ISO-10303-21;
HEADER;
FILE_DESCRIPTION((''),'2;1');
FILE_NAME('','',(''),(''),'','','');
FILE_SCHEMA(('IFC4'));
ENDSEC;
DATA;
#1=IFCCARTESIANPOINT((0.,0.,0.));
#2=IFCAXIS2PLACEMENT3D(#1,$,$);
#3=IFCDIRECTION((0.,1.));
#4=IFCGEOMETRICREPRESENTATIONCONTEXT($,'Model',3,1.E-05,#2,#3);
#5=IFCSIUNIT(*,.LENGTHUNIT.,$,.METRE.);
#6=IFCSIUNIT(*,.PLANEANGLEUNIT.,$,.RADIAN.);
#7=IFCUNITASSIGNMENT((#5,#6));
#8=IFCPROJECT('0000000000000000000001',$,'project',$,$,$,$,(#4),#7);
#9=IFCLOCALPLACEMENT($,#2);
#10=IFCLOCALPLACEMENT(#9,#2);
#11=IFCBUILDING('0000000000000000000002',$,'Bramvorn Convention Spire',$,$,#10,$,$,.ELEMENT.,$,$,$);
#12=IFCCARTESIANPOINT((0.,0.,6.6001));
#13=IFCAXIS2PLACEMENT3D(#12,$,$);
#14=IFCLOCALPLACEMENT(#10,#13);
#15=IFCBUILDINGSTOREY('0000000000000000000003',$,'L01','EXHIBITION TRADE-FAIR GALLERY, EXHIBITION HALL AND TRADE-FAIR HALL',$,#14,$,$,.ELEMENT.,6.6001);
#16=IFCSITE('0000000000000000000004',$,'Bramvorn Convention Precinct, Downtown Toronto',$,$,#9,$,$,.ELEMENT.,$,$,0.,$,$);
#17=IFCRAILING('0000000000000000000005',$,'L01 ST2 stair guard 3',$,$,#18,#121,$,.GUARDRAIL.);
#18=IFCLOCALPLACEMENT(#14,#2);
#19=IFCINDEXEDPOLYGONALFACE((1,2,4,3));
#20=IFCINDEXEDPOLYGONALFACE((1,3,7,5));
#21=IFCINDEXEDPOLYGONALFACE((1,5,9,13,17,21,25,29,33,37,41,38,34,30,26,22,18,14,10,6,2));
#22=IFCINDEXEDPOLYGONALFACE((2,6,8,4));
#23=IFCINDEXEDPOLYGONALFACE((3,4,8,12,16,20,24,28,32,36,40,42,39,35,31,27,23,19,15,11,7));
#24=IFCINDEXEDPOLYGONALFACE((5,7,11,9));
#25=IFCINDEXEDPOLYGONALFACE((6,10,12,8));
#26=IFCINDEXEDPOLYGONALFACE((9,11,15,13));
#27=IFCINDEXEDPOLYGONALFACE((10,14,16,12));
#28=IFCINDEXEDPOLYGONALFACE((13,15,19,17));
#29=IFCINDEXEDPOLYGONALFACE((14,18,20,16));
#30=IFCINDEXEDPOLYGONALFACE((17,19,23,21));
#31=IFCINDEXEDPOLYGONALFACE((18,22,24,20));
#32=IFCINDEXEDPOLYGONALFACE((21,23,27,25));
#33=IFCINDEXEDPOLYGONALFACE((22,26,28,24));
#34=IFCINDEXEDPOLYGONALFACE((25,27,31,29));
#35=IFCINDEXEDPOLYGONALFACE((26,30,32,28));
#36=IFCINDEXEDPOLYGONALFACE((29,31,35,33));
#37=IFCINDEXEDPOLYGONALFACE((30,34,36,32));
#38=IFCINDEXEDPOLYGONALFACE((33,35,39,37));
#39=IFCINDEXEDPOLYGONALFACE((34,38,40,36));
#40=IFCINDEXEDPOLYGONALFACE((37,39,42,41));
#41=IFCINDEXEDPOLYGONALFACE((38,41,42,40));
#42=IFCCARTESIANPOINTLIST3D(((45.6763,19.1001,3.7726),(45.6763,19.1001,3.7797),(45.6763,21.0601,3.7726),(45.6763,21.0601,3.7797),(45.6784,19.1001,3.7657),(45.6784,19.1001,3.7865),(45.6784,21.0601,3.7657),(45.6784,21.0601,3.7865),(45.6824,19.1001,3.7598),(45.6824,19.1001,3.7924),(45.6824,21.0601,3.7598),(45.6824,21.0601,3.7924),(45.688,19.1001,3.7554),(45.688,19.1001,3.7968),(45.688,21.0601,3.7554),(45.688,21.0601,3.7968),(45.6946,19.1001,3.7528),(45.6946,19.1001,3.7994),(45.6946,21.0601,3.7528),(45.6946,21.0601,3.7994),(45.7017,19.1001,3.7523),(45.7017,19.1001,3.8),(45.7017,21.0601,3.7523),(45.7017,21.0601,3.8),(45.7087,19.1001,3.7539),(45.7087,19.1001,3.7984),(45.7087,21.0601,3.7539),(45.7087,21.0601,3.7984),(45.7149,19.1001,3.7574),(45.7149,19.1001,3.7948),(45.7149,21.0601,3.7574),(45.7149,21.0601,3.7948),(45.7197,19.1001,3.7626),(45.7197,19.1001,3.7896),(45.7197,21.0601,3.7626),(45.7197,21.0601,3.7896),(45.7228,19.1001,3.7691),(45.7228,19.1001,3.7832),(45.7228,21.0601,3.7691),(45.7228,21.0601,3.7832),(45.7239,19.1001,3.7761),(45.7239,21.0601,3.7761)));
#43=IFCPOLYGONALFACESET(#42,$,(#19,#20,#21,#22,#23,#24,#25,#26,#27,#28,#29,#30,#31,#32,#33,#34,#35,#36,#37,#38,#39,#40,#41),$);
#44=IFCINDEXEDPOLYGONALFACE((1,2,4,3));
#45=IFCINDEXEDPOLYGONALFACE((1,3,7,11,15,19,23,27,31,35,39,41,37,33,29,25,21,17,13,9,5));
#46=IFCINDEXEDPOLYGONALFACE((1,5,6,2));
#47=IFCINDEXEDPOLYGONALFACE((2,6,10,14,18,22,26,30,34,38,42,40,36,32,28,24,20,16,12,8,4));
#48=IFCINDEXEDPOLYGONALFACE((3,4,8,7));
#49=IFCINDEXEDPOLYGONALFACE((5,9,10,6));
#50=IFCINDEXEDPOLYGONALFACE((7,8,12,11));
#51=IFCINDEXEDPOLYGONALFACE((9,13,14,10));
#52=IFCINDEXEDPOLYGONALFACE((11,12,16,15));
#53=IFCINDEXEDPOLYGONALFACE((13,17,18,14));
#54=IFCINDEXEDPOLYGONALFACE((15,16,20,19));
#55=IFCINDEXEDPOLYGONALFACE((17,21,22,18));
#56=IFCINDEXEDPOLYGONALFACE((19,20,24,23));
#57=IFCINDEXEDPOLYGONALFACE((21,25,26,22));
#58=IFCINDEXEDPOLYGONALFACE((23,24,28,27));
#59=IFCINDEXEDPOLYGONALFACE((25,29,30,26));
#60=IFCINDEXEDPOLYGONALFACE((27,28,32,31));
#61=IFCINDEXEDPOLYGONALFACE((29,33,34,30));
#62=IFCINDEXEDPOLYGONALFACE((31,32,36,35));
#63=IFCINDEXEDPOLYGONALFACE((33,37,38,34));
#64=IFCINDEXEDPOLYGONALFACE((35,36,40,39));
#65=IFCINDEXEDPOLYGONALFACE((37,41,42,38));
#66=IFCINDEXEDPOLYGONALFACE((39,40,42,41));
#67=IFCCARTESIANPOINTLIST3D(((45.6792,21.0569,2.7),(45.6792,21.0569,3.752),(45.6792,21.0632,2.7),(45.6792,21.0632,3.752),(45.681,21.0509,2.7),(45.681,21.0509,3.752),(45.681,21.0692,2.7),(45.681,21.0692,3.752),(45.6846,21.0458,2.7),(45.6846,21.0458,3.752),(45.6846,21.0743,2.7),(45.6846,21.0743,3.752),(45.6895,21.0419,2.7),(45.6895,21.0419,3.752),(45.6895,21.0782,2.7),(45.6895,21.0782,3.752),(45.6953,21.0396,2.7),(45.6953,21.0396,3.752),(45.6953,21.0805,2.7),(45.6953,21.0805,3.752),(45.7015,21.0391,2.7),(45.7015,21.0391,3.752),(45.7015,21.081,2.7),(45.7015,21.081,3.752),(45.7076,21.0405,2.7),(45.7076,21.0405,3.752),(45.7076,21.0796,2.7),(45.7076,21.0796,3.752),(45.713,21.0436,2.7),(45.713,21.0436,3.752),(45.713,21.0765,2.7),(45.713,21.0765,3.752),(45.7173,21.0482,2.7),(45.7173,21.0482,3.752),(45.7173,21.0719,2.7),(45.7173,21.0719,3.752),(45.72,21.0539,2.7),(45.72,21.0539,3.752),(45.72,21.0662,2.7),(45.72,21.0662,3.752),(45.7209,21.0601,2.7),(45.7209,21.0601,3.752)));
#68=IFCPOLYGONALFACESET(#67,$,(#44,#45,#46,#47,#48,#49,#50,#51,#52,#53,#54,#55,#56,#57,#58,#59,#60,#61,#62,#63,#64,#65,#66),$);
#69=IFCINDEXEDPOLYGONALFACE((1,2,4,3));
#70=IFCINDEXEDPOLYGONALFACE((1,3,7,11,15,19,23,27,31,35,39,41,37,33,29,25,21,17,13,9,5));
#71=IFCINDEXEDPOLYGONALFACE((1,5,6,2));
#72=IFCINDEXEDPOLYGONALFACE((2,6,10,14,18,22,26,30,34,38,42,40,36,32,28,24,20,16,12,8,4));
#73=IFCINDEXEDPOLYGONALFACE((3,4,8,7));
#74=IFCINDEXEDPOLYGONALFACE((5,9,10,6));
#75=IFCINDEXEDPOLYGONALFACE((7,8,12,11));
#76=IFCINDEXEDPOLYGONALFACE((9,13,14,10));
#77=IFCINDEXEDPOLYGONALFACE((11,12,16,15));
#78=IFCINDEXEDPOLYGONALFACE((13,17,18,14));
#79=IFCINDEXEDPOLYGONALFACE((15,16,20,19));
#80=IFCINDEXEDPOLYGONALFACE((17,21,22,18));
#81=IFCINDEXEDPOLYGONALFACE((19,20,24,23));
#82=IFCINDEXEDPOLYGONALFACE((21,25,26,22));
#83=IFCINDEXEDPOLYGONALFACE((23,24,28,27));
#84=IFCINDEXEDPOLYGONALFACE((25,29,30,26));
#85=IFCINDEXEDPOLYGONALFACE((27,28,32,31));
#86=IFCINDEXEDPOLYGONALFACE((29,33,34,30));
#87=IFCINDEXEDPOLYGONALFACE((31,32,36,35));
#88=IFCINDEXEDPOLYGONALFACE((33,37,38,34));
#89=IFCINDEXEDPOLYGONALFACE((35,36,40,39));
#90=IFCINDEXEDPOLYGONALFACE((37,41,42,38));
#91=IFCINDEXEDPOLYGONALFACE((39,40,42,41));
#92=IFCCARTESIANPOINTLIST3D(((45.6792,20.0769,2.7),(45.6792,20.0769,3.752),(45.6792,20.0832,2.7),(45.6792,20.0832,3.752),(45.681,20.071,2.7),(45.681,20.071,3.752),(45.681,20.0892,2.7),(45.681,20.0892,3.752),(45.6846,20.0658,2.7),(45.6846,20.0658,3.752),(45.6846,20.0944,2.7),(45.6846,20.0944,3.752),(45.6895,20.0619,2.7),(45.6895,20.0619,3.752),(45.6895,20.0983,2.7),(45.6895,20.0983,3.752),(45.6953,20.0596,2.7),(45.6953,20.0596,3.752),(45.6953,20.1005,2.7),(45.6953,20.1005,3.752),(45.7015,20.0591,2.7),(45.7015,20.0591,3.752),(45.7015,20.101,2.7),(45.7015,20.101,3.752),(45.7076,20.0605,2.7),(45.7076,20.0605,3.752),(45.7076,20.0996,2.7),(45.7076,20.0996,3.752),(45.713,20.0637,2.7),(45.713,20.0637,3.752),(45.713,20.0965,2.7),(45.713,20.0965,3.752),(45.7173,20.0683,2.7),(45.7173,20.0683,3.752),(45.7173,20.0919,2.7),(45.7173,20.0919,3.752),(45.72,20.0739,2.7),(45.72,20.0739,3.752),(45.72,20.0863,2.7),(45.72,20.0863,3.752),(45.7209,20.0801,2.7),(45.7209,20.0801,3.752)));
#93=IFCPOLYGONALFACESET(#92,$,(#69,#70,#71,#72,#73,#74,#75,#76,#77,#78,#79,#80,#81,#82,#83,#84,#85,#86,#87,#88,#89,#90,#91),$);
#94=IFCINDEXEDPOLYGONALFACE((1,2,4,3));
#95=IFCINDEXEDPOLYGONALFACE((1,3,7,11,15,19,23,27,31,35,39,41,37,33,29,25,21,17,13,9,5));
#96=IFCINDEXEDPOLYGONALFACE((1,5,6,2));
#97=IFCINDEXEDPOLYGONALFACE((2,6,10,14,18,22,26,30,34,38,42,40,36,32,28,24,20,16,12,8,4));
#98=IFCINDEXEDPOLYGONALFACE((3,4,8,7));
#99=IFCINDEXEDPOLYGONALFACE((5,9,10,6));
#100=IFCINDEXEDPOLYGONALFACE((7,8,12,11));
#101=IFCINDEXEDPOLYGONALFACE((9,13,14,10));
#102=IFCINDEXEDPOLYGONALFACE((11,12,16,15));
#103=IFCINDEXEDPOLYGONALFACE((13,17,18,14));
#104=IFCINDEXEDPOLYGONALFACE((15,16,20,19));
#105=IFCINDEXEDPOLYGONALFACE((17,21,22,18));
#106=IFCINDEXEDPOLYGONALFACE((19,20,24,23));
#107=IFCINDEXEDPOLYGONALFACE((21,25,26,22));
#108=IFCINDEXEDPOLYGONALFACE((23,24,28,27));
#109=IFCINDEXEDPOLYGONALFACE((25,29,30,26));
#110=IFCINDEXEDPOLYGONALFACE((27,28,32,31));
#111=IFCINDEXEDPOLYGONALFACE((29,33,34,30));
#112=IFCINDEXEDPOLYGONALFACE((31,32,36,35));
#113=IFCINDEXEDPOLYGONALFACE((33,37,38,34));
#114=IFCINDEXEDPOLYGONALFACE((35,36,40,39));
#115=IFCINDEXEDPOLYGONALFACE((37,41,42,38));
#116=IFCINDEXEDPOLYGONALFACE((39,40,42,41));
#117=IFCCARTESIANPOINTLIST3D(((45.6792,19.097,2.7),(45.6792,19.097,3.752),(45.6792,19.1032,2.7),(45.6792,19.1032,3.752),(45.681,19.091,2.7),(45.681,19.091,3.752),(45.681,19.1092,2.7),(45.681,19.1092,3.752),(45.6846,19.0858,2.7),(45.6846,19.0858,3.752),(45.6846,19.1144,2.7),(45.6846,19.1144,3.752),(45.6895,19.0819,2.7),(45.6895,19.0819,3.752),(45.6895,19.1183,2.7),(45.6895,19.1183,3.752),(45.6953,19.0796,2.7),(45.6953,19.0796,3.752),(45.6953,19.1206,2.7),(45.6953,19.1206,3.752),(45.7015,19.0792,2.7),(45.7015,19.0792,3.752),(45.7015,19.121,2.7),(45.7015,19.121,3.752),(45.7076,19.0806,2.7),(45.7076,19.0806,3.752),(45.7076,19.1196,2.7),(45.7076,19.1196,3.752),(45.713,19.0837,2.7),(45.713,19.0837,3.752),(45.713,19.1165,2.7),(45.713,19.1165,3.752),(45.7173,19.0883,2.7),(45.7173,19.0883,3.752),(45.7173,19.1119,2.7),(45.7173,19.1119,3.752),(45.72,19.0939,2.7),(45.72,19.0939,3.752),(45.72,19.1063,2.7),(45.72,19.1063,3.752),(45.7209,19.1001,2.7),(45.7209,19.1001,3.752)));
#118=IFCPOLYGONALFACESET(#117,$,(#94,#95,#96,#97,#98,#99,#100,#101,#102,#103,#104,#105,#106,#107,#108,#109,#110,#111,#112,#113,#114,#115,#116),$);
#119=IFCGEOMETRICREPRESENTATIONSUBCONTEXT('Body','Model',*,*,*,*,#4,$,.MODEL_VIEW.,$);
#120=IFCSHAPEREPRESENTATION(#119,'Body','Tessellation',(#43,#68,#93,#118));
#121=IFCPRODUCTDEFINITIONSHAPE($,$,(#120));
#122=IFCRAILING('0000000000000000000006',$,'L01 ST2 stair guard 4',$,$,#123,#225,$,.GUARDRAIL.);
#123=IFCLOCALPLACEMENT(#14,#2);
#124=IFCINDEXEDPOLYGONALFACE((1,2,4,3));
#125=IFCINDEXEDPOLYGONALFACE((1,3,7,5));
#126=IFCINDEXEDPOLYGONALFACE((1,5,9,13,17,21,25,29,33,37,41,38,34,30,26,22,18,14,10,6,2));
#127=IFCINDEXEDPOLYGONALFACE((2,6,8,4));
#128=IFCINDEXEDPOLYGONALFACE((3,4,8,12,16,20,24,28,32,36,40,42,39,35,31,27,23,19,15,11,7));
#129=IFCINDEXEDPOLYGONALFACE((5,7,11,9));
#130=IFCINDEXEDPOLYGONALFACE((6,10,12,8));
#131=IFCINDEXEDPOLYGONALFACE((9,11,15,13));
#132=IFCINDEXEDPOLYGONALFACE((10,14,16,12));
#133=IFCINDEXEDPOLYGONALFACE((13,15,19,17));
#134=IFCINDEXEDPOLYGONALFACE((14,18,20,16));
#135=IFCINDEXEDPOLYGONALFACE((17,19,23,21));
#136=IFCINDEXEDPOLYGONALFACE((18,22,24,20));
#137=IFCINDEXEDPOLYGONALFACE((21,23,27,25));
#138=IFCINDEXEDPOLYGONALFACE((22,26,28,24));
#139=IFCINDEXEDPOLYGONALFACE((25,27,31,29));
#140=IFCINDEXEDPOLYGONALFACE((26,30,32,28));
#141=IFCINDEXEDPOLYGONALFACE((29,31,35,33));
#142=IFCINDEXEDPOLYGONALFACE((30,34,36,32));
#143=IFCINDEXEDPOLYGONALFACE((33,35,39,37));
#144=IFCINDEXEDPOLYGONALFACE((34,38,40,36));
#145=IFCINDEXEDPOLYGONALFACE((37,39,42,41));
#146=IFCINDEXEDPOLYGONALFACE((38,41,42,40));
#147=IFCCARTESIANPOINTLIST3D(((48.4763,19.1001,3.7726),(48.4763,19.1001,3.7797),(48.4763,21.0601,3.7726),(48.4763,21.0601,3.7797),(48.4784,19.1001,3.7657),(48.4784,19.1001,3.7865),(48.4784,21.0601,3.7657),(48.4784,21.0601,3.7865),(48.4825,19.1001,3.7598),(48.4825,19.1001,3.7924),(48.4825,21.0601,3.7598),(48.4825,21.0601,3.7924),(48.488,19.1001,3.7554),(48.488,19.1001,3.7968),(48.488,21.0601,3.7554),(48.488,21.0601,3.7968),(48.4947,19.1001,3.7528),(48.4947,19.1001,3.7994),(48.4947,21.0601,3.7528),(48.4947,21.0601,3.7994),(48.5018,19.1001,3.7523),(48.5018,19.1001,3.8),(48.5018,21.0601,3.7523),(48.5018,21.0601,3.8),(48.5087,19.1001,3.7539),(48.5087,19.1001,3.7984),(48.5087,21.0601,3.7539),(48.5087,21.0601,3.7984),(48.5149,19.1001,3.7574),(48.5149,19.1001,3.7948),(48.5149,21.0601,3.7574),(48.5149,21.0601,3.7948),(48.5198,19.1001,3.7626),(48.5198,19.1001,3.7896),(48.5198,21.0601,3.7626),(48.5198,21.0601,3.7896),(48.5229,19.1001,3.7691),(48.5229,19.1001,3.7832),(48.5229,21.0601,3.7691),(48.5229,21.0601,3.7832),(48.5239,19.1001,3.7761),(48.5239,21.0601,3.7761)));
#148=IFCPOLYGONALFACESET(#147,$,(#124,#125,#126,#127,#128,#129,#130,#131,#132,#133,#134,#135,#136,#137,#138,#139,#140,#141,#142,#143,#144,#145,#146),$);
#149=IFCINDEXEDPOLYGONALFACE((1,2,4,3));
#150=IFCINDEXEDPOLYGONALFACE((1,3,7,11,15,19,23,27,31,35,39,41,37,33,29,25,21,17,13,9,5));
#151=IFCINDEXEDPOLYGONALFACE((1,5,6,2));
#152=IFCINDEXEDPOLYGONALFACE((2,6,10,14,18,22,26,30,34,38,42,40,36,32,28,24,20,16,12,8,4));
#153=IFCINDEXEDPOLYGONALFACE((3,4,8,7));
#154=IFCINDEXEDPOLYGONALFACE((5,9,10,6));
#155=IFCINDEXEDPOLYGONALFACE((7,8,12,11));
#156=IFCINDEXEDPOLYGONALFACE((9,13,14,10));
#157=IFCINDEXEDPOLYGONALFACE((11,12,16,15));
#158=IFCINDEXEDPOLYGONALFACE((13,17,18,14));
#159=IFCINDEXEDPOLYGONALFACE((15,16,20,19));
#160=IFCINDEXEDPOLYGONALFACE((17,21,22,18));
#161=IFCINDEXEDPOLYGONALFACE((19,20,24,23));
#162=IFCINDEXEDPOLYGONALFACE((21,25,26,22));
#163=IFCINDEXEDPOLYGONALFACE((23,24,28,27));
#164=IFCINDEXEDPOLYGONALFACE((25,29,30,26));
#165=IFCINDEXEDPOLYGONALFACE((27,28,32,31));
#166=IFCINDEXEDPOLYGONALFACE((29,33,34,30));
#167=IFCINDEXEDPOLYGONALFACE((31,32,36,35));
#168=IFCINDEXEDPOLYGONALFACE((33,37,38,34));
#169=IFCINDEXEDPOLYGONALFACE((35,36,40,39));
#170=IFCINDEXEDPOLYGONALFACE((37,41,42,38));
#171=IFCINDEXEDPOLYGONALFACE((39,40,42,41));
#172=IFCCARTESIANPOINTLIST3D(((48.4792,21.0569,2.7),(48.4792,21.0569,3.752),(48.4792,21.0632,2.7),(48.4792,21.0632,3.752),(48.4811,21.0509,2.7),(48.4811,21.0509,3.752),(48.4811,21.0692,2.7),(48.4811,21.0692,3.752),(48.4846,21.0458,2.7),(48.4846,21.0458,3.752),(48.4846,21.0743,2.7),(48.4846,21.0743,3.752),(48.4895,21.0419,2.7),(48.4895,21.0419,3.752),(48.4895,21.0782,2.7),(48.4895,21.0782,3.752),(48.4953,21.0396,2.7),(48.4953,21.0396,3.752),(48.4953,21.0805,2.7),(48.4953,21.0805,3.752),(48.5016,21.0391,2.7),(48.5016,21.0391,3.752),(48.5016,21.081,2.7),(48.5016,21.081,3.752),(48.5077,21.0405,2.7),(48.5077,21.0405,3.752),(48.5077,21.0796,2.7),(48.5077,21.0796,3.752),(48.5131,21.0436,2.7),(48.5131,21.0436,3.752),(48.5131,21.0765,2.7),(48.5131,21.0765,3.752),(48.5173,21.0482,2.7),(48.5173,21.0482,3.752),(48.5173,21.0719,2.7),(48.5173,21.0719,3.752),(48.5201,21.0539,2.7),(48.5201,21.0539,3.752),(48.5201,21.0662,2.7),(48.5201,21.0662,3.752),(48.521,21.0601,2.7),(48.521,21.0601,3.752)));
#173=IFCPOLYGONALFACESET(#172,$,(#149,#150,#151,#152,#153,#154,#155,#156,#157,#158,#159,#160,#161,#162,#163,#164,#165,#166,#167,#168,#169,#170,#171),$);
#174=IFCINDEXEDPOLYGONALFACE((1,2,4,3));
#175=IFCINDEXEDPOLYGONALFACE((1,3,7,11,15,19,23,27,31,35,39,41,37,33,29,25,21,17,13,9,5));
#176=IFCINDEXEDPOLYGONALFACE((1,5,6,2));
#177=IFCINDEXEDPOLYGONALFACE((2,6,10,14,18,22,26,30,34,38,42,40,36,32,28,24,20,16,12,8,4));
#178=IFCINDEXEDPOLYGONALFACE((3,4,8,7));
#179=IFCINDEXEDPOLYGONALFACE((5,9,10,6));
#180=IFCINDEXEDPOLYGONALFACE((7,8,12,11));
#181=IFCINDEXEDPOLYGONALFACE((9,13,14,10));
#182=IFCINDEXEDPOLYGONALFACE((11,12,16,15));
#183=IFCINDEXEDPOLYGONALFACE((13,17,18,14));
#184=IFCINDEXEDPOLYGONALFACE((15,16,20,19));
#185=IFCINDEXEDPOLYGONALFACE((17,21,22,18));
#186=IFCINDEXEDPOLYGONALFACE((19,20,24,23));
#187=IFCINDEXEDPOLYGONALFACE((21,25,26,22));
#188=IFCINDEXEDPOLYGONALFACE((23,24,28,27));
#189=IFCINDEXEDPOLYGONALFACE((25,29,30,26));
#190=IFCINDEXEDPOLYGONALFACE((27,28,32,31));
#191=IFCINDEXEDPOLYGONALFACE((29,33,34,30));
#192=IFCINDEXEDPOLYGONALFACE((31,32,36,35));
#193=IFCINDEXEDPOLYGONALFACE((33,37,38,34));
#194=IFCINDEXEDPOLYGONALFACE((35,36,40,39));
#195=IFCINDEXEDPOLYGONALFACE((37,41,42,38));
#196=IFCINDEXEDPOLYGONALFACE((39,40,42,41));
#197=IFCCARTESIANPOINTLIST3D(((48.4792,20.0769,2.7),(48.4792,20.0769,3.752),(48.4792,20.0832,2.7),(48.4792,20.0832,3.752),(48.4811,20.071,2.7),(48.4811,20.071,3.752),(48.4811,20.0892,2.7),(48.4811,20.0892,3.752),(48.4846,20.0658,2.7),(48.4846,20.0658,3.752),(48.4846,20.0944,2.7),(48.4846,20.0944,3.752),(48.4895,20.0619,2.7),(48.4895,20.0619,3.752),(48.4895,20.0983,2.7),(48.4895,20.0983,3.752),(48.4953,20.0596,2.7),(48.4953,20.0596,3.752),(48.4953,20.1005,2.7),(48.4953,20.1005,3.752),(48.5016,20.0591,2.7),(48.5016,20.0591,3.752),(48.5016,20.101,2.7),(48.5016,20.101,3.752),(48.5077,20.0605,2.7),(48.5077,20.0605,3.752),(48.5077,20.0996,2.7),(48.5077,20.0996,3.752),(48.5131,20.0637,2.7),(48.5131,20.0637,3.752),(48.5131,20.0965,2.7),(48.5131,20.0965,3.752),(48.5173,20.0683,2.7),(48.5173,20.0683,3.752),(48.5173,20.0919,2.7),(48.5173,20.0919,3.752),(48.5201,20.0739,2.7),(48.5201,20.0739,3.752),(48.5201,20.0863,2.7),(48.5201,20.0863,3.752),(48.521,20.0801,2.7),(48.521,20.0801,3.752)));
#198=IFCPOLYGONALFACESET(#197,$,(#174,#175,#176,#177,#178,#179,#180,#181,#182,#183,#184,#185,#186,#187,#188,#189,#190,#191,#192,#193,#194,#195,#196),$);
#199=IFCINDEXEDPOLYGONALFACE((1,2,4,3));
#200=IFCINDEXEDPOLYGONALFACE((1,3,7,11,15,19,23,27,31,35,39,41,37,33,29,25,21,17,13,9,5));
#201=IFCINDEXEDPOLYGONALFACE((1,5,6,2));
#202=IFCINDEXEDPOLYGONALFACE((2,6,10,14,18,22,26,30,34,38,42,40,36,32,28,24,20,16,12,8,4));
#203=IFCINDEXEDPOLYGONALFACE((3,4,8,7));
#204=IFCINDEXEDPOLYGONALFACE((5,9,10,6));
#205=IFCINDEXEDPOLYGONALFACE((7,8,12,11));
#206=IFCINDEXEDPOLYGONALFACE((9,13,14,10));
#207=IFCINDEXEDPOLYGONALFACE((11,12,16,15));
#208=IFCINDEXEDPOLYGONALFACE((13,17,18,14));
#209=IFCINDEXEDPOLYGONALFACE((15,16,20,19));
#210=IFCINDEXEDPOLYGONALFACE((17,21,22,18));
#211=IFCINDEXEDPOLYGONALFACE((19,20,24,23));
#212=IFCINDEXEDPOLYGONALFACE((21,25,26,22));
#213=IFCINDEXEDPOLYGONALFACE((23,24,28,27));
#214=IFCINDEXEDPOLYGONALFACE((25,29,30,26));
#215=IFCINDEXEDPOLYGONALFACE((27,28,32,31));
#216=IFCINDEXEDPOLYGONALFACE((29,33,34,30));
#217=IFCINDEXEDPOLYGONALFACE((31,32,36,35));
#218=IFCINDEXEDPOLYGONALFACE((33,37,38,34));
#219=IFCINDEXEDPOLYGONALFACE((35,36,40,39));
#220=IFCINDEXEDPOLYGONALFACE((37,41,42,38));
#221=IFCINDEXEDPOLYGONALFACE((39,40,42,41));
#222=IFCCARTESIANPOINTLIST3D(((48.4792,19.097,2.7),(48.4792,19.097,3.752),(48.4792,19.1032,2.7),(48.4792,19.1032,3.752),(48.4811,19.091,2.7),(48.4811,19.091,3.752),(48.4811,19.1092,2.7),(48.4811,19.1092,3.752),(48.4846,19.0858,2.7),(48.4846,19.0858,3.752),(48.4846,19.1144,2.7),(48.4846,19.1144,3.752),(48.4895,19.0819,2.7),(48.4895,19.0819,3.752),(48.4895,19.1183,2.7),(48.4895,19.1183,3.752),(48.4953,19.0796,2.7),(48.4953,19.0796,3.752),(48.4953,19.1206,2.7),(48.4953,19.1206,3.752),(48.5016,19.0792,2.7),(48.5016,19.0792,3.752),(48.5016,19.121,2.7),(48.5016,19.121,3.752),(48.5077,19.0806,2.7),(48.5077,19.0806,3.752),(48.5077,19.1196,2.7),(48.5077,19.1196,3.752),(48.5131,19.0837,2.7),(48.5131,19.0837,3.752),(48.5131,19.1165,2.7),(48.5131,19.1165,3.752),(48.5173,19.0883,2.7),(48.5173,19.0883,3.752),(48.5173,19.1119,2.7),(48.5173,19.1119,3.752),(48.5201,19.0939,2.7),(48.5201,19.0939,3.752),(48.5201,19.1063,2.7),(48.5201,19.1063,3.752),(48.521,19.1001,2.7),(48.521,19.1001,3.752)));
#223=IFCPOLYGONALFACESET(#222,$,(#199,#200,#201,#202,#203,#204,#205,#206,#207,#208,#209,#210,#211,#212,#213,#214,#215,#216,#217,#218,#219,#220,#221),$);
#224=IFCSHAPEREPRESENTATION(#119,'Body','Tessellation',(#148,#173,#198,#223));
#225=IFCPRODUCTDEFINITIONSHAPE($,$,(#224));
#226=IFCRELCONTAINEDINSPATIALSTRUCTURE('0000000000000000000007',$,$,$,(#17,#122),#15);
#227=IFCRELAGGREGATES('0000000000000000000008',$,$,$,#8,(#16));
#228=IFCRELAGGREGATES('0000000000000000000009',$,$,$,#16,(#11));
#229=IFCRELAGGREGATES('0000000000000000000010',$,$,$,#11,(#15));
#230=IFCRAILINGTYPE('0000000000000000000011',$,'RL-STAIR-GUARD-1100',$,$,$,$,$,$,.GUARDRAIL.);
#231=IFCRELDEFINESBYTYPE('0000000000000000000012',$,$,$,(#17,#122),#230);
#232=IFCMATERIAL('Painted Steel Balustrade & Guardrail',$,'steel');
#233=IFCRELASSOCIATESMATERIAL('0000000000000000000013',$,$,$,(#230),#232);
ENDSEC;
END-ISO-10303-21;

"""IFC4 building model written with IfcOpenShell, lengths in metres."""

from ifc_helpers import new_model, si_unit, direction, frame, origin, origin_2d, place, context, subcontext, project, spatial, circle, extrude, material, type_object, element, save


model = new_model("IFC4")

# Units and contexts
model_context = context("Model", 3, precision=1e-05, world=origin(), true_north=direction((0.0, 1.0)))
body_context = subcontext(model_context, "Body", "Model", "MODEL_VIEW")
ifc_project = project(units=[si_unit("LENGTHUNIT", "METRE"), si_unit("PLANEANGLEUNIT", "RADIAN")], contexts=[model_context])

# Site, building, storey
site_placement = place(None, origin())
site = spatial("IfcSite", under=ifc_project, at=site_placement, Name="Bramvorn Convention Precinct, Downtown Toronto", CompositionType="ELEMENT", RefElevation=0.0)
building_placement = place(site_placement, origin())
building = spatial("IfcBuilding", under=site, at=building_placement, Name="Bramvorn Convention Spire", CompositionType="ELEMENT")
storey_placement = place(building_placement, frame((0.0, 0.0, 6.6001)))
storey = spatial("IfcBuildingStorey", under=building, at=storey_placement, Name="L01", Description="EXHIBITION TRADE-FAIR GALLERY, EXHIBITION HALL AND TRADE-FAIR HALL", CompositionType="ELEMENT", Elevation=6.6001)

# Railings
ifc_material_1 = material(Name="Painted Steel Balustrade & Guardrail", Category="steel")
railing_type_1 = type_object("IfcRailingType", Name="RL-STAIR-GUARD-1100", PredefinedType="GUARDRAIL", material=ifc_material_1)
for number, where, name in (
    (1, (45.7, 21.0601, 2.7), "L01 ST2 stair guard 3"),
    (2, (48.5, 21.0601, 2.7), "L01 ST2 stair guard 4"),
):
    element("IfcRailing", number, at=place(storey_placement, frame(where)), inside=storey, type_object=railing_type_1, Name=name, PredefinedType="GUARDRAIL", context=body_context, shape_type="SweptSolid", body=[
        extrude(circle(Radius=0.0239, at=origin_2d()), frame((0.0, 0.0, 1.0762), z_axis=(0.0, -1.0, 0.0), x_axis=(1.0, 0.0, 0.0)), (0.0, 0.0, 1.0), 1.96),
        extrude(circle(Radius=0.021, at=origin_2d()), origin(), (0.0, 0.0, 1.0), 1.052),
        extrude(circle(Radius=0.021, at=origin_2d()), frame((0.0, -0.98, 0.0)), (0.0, 0.0, 1.0), 1.052),
        extrude(circle(Radius=0.021, at=origin_2d()), frame((0.0, -1.96, 0.0)), (0.0, 0.0, 1.0), 1.052),
    ])

save(model, "model.ifc")
